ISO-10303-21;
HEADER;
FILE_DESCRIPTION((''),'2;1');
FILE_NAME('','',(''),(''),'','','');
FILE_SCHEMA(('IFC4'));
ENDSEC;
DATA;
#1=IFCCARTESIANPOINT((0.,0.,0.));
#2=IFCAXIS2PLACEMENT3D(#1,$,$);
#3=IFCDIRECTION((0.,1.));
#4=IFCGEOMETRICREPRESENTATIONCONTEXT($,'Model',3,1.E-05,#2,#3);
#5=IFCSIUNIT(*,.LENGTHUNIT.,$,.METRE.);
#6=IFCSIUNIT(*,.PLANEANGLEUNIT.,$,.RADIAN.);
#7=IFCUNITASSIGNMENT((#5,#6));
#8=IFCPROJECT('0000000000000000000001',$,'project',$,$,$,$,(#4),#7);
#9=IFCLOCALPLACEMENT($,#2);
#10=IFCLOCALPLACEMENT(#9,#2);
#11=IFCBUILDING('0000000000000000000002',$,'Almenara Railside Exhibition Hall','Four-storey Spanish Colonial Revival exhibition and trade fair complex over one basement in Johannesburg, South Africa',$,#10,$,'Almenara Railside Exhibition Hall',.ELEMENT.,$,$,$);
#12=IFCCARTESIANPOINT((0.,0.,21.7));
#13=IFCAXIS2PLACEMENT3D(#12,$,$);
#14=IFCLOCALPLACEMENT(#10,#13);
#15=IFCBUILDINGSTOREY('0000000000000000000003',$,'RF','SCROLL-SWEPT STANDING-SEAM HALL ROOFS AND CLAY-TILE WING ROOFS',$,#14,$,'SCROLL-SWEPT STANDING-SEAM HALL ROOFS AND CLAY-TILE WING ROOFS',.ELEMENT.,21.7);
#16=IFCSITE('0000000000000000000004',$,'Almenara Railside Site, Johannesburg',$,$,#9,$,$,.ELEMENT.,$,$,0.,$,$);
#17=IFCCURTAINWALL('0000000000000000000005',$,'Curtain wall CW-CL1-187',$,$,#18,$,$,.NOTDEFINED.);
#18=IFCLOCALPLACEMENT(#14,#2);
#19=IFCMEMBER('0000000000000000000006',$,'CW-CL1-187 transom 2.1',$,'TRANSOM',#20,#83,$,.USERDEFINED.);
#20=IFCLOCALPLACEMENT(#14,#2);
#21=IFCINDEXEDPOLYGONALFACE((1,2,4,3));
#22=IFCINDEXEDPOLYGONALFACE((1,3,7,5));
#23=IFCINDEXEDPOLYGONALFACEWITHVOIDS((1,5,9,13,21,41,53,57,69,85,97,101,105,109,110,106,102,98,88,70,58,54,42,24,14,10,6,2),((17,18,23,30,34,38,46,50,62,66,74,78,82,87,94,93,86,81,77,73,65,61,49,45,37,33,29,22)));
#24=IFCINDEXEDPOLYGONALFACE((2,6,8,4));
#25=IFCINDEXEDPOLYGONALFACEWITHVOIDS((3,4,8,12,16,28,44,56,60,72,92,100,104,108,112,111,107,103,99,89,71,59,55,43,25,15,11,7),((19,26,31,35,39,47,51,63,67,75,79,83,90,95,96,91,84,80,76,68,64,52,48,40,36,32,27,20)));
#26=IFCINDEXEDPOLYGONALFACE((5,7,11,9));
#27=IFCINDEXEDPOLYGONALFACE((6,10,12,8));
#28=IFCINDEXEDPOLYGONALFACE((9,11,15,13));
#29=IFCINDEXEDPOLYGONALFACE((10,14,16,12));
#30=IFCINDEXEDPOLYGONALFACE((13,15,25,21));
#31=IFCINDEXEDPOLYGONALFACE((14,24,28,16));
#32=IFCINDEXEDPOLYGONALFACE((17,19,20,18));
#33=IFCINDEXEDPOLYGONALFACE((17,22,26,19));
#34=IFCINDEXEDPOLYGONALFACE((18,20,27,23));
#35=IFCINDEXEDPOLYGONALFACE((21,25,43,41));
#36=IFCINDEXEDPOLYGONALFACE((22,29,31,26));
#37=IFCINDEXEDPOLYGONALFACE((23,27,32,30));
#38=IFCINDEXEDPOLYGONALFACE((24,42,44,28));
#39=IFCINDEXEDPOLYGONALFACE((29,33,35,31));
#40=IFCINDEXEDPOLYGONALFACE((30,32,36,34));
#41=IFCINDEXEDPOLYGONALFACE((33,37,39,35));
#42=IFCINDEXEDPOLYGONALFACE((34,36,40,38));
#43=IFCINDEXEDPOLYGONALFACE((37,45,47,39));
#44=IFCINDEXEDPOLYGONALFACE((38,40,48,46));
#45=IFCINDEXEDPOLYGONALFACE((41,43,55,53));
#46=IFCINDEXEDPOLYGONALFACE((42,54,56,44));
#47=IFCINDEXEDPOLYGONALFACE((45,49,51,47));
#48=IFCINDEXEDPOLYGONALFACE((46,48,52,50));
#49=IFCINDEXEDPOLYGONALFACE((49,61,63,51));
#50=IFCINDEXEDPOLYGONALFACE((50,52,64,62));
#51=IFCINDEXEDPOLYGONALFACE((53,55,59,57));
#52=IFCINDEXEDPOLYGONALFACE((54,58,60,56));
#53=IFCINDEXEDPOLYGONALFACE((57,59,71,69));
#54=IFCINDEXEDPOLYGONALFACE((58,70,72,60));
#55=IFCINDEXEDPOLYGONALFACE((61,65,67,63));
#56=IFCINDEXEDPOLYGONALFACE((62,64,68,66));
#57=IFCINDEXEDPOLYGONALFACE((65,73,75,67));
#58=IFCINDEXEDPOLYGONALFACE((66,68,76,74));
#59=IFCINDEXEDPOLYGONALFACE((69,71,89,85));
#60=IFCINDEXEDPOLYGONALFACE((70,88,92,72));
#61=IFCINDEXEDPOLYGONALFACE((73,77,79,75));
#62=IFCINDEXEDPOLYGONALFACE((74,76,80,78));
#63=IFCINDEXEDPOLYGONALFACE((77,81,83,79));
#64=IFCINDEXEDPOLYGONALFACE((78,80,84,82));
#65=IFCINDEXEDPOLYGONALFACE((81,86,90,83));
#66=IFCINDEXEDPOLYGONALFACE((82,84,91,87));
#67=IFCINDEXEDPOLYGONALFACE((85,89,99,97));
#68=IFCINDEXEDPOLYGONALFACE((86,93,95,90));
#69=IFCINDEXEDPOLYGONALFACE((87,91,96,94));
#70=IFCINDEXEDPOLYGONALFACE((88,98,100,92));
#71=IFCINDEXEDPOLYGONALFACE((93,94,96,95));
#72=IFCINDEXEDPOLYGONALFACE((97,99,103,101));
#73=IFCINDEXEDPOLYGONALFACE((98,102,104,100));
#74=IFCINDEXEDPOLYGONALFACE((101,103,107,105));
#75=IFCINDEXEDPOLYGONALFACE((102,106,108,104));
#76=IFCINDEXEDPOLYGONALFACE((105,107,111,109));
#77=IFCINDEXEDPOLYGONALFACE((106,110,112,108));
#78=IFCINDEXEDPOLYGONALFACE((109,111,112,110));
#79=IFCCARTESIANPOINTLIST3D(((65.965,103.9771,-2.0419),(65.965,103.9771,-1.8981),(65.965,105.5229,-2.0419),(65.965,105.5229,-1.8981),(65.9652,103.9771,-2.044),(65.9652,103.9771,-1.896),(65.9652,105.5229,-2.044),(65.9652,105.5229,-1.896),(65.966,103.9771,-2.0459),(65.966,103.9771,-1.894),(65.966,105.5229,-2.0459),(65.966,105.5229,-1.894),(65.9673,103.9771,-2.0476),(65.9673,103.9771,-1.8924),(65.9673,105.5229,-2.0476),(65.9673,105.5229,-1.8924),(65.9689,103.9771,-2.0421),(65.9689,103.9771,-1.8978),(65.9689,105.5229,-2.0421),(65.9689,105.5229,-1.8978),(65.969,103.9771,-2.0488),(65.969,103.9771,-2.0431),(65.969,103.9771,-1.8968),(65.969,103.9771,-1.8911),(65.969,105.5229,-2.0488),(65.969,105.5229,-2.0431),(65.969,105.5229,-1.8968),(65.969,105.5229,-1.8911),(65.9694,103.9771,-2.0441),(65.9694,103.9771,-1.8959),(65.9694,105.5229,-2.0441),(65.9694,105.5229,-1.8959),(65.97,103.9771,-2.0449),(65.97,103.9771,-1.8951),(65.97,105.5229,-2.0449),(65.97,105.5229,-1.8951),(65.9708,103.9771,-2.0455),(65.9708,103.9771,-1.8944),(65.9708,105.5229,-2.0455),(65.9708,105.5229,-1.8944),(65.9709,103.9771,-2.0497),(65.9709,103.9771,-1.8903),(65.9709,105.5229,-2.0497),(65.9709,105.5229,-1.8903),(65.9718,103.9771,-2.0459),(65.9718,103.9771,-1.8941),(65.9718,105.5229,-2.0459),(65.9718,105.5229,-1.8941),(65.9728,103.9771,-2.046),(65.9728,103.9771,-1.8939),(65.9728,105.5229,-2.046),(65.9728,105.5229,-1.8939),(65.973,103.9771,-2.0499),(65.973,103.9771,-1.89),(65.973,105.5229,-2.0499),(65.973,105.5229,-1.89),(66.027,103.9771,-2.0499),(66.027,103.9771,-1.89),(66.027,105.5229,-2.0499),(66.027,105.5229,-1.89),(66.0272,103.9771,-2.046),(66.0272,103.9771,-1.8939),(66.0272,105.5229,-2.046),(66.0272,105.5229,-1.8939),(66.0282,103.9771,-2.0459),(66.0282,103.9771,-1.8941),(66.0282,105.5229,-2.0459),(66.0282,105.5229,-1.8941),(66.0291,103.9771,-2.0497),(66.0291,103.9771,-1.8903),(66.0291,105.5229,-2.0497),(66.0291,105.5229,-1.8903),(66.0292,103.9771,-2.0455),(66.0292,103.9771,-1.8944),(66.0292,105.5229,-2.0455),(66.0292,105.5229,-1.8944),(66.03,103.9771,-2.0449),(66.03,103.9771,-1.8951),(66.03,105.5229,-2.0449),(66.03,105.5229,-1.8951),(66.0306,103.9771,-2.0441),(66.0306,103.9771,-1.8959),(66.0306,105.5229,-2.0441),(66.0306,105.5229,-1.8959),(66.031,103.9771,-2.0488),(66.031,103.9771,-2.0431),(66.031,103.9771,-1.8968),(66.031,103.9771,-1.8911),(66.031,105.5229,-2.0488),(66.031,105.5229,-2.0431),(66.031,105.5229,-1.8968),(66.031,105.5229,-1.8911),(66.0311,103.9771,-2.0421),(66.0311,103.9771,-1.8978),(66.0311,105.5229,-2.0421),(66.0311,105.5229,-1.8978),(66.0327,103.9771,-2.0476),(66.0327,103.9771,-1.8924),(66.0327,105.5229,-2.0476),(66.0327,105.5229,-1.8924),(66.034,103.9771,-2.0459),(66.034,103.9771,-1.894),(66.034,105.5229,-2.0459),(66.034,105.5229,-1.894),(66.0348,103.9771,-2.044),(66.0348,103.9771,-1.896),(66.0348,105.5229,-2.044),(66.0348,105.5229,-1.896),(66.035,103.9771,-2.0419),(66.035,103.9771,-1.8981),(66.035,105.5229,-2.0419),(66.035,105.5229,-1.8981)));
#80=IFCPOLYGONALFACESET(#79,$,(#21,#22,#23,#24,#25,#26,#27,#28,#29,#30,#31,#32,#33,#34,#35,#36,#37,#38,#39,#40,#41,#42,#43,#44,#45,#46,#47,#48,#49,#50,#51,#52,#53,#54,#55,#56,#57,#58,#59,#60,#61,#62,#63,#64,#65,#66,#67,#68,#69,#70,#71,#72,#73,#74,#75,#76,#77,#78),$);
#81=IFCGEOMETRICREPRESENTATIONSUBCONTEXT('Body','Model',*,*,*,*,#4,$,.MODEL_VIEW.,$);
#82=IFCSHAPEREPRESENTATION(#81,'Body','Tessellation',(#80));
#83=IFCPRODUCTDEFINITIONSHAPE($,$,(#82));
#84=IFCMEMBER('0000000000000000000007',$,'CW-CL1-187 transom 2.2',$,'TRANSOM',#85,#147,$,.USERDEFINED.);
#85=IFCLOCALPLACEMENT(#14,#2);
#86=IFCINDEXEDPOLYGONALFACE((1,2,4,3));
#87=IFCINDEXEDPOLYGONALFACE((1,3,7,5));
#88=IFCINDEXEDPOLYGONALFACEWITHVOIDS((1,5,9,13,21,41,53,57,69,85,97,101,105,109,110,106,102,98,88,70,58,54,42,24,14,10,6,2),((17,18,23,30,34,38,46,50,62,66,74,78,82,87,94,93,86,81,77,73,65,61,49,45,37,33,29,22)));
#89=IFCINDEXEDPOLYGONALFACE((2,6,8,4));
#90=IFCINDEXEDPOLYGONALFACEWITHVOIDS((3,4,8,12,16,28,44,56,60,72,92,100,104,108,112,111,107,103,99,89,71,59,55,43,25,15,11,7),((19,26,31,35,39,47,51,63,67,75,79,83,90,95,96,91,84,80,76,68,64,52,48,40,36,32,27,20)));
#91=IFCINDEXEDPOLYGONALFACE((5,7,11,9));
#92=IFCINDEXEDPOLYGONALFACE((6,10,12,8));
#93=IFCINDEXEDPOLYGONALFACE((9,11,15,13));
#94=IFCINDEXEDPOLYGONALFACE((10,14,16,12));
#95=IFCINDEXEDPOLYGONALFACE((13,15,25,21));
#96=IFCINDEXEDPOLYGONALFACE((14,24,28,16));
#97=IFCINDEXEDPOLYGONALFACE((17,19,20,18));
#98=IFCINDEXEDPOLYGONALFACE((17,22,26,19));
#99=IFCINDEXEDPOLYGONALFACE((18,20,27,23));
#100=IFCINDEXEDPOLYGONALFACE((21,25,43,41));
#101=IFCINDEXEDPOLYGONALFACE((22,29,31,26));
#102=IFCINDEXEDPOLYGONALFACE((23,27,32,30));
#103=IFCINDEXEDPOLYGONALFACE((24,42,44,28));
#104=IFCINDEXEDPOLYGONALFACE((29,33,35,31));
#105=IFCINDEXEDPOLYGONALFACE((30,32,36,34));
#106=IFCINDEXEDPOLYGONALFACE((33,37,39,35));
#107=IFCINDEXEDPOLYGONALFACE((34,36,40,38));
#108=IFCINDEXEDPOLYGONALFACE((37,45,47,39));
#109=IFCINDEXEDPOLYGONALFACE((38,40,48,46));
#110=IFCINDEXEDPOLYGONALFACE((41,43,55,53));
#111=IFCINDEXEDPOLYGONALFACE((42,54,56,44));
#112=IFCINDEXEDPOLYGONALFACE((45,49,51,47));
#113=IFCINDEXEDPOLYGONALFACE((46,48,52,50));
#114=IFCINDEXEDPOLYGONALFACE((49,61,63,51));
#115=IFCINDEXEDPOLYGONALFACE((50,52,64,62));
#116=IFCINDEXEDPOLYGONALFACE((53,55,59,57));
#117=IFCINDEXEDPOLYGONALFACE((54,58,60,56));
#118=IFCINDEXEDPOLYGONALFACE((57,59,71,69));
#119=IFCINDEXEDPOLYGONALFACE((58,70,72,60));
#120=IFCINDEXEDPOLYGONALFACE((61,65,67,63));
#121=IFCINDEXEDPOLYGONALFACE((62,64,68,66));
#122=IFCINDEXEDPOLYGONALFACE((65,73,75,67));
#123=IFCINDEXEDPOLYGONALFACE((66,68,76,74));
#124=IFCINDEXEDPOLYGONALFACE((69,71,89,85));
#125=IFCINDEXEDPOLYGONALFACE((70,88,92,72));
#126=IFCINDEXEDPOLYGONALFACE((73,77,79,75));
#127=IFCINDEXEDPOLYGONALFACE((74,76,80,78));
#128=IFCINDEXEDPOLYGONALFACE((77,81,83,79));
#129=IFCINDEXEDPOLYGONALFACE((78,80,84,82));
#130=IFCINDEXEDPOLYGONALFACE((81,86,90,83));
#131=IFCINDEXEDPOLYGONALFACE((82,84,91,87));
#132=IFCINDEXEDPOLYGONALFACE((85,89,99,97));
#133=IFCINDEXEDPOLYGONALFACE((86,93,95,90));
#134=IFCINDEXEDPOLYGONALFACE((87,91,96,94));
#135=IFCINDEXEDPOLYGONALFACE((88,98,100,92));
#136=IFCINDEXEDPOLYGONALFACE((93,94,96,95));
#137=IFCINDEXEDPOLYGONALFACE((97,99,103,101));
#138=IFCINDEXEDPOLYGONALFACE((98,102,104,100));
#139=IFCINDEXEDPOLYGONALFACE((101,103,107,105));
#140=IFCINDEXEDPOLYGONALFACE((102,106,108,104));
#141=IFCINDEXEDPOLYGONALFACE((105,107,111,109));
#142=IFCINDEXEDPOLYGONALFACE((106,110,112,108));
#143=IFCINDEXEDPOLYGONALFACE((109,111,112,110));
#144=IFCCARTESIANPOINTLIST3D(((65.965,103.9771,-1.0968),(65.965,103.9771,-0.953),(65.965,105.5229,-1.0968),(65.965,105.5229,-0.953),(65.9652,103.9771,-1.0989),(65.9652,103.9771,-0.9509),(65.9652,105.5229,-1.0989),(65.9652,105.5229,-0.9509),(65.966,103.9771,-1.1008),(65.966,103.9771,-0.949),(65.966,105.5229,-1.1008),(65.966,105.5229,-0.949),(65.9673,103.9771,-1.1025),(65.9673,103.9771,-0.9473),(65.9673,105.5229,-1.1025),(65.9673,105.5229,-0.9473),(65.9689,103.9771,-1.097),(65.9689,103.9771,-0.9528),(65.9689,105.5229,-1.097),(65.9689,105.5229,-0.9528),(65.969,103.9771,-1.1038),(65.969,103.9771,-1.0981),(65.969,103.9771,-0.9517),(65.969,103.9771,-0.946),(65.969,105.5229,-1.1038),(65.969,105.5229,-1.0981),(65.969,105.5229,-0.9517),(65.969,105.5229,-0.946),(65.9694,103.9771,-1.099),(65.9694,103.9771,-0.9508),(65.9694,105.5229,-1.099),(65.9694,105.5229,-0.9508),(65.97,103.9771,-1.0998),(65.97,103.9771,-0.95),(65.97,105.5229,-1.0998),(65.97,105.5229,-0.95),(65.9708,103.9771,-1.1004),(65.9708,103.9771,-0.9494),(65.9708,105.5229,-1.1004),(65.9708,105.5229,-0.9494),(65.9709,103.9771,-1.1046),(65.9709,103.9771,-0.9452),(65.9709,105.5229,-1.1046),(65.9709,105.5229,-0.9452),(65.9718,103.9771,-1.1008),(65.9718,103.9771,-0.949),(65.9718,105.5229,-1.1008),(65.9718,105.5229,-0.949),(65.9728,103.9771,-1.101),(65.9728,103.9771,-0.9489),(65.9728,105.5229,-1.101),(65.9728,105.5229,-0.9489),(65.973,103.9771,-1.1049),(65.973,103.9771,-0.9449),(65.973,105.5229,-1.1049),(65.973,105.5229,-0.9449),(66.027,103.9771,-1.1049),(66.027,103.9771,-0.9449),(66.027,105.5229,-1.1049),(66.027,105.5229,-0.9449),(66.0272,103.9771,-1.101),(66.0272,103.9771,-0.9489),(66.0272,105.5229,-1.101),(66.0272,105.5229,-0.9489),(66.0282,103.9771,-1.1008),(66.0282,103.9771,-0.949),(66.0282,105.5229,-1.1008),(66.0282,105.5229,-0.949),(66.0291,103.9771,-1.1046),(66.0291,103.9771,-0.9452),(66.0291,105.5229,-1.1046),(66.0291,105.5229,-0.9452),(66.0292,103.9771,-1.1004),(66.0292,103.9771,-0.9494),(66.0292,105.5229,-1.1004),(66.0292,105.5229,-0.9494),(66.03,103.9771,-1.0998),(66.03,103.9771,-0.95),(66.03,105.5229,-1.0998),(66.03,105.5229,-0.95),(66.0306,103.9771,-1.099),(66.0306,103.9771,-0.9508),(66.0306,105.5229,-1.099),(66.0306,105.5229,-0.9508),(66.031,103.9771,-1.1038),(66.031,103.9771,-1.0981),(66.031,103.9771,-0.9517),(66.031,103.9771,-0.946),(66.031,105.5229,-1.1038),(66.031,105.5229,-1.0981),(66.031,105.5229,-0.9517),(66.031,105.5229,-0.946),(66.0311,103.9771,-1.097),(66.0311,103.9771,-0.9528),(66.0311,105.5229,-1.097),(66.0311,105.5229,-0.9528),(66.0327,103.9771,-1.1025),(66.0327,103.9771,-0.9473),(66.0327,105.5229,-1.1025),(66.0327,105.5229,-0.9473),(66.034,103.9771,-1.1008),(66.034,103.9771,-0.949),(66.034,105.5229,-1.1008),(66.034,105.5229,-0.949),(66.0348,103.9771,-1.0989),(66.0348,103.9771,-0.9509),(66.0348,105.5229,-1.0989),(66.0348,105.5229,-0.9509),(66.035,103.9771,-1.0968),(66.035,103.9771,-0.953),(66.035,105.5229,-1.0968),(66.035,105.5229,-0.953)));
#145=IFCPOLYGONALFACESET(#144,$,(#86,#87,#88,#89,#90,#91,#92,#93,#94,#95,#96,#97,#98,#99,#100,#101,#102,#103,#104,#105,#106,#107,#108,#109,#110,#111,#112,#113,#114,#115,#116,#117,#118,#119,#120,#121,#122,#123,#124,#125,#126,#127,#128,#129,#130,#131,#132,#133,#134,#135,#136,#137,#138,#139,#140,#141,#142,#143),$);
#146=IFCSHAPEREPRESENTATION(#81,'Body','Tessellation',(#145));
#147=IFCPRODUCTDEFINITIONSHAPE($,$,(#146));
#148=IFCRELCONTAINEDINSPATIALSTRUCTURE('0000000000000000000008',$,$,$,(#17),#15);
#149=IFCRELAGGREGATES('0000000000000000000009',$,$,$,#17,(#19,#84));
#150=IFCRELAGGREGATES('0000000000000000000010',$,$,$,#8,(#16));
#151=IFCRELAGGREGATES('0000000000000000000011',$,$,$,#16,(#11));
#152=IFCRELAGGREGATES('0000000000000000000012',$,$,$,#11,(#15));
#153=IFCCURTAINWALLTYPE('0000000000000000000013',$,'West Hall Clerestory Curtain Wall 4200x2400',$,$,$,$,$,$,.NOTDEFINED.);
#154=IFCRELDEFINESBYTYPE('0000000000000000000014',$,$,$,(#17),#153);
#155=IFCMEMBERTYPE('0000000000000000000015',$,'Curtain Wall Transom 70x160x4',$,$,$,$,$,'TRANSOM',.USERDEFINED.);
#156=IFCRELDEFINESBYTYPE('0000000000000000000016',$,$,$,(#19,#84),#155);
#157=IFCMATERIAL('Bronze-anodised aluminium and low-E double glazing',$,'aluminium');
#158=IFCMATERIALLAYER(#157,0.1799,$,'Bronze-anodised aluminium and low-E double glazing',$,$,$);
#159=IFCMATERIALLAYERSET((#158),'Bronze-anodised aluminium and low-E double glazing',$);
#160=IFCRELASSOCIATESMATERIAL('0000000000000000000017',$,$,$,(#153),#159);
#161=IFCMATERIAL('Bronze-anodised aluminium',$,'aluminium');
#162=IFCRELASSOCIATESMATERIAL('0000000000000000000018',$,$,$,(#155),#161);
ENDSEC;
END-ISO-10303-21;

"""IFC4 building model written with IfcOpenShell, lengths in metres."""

from ifc_helpers import new_model, si_unit, direction, frame, origin, origin_2d, place, context, subcontext, project, spatial, hollow_rectangle, extrude, material, layer, layer_set, material_profile, profile_set, type_object, element, aggregate, save


model = new_model("IFC4")

# Units and contexts
model_context = context("Model", 3, precision=1e-05, world=origin(), true_north=direction((0.0, 1.0)))
body_context = subcontext(model_context, "Body", "Model", "MODEL_VIEW")
ifc_project = project(units=[si_unit("LENGTHUNIT", "METRE"), si_unit("PLANEANGLEUNIT", "RADIAN")], contexts=[model_context])

# Site, building, storey
site_placement = place(None, origin())
site = spatial("IfcSite", under=ifc_project, at=site_placement, Name="Almenara Railside Site, Johannesburg", CompositionType="ELEMENT", RefElevation=0.0)
building_placement = place(site_placement, origin())
building = spatial("IfcBuilding", under=site, at=building_placement, Name="Almenara Railside Exhibition Hall", Description="Four-storey Spanish Colonial Revival exhibition and trade fair complex over one basement in Johannesburg, South Africa", LongName="Almenara Railside Exhibition Hall", CompositionType="ELEMENT")
storey_placement = place(building_placement, frame((0.0, 0.0, 21.7)))
storey = spatial("IfcBuildingStorey", under=building, at=storey_placement, Name="RF", Description="SCROLL-SWEPT STANDING-SEAM HALL ROOFS AND CLAY-TILE WING ROOFS", LongName="SCROLL-SWEPT STANDING-SEAM HALL ROOFS AND CLAY-TILE WING ROOFS", CompositionType="ELEMENT", Elevation=21.7)

# Curtain wall
ifc_material_1 = material(Name="Bronze-anodised aluminium and low-E double glazing", Category="aluminium")
ifc_layer_1 = layer(ifc_material_1, 0.1799, Name="Bronze-anodised aluminium and low-E double glazing")
ifc_layer_set_1 = layer_set([ifc_layer_1], Name="Bronze-anodised aluminium and low-E double glazing")
curtain_wall_type = type_object("IfcCurtainWallType", Name="West Hall Clerestory Curtain Wall 4200x2400", PredefinedType="NOTDEFINED", material=ifc_layer_set_1)
ifc_material_2 = material(Name="Bronze-anodised aluminium", Category="aluminium")
curtain_wall_1_placement = place(storey_placement, origin())
curtain_wall_1 = element("IfcCurtainWall", 1, at=curtain_wall_1_placement, inside=storey, type_object=curtain_wall_type, Name="Curtain wall CW-CL1-187", PredefinedType="NOTDEFINED")

# Members
ifc_material_profile_1 = material_profile(ifc_material_2, hollow_rectangle(XDim=0.0701, YDim=0.1599, WallThickness=0.0039, InnerFilletRadius=0.0039, OuterFilletRadius=0.0081, at=origin_2d()), Name="ALU-TRN 70x160x4")
ifc_profile_set_1 = profile_set([ifc_material_profile_1], Name="Bronze-anodised aluminium")
member_type_1 = type_object("IfcMemberType", Name="Curtain Wall Transom 70x160x4", ElementType="TRANSOM", PredefinedType="USERDEFINED", material=ifc_profile_set_1)
member_1_placement = place(storey_placement, frame((66.0, 103.9771, -1.97), z_axis=(0.0, 1.0, 0.0), x_axis=(-1.0, 0.0, 0.0)))
member_1 = element("IfcMember", 2, at=member_1_placement, type_object=member_type_1, Name="CW-CL1-187 transom 2.1", ObjectType="TRANSOM", PredefinedType="USERDEFINED", context=body_context, shape_type="SweptSolid", body=[
    extrude(hollow_rectangle(XDim=0.0701, YDim=0.1599, WallThickness=0.0039, InnerFilletRadius=0.0039, OuterFilletRadius=0.0081, at=origin_2d()), origin(), (0.0, 0.0, 1.0), 1.5459),
])
member_2_placement = place(storey_placement, frame((66.0, 103.9771, -1.0249), z_axis=(0.0, 1.0, 0.0), x_axis=(-1.0, 0.0, 0.0)))
member_2 = element("IfcMember", 3, at=member_2_placement, type_object=member_type_1, Name="CW-CL1-187 transom 2.2", ObjectType="TRANSOM", PredefinedType="USERDEFINED", context=body_context, shape_type="SweptSolid", body=[
    extrude(hollow_rectangle(XDim=0.0701, YDim=0.1599, WallThickness=0.0039, InnerFilletRadius=0.0039, OuterFilletRadius=0.0081, at=origin_2d()), origin(), (0.0, 0.0, 1.0), 1.5459),
])

aggregate(curtain_wall_1, [member_1, member_2])

save(model, "model.ifc")
